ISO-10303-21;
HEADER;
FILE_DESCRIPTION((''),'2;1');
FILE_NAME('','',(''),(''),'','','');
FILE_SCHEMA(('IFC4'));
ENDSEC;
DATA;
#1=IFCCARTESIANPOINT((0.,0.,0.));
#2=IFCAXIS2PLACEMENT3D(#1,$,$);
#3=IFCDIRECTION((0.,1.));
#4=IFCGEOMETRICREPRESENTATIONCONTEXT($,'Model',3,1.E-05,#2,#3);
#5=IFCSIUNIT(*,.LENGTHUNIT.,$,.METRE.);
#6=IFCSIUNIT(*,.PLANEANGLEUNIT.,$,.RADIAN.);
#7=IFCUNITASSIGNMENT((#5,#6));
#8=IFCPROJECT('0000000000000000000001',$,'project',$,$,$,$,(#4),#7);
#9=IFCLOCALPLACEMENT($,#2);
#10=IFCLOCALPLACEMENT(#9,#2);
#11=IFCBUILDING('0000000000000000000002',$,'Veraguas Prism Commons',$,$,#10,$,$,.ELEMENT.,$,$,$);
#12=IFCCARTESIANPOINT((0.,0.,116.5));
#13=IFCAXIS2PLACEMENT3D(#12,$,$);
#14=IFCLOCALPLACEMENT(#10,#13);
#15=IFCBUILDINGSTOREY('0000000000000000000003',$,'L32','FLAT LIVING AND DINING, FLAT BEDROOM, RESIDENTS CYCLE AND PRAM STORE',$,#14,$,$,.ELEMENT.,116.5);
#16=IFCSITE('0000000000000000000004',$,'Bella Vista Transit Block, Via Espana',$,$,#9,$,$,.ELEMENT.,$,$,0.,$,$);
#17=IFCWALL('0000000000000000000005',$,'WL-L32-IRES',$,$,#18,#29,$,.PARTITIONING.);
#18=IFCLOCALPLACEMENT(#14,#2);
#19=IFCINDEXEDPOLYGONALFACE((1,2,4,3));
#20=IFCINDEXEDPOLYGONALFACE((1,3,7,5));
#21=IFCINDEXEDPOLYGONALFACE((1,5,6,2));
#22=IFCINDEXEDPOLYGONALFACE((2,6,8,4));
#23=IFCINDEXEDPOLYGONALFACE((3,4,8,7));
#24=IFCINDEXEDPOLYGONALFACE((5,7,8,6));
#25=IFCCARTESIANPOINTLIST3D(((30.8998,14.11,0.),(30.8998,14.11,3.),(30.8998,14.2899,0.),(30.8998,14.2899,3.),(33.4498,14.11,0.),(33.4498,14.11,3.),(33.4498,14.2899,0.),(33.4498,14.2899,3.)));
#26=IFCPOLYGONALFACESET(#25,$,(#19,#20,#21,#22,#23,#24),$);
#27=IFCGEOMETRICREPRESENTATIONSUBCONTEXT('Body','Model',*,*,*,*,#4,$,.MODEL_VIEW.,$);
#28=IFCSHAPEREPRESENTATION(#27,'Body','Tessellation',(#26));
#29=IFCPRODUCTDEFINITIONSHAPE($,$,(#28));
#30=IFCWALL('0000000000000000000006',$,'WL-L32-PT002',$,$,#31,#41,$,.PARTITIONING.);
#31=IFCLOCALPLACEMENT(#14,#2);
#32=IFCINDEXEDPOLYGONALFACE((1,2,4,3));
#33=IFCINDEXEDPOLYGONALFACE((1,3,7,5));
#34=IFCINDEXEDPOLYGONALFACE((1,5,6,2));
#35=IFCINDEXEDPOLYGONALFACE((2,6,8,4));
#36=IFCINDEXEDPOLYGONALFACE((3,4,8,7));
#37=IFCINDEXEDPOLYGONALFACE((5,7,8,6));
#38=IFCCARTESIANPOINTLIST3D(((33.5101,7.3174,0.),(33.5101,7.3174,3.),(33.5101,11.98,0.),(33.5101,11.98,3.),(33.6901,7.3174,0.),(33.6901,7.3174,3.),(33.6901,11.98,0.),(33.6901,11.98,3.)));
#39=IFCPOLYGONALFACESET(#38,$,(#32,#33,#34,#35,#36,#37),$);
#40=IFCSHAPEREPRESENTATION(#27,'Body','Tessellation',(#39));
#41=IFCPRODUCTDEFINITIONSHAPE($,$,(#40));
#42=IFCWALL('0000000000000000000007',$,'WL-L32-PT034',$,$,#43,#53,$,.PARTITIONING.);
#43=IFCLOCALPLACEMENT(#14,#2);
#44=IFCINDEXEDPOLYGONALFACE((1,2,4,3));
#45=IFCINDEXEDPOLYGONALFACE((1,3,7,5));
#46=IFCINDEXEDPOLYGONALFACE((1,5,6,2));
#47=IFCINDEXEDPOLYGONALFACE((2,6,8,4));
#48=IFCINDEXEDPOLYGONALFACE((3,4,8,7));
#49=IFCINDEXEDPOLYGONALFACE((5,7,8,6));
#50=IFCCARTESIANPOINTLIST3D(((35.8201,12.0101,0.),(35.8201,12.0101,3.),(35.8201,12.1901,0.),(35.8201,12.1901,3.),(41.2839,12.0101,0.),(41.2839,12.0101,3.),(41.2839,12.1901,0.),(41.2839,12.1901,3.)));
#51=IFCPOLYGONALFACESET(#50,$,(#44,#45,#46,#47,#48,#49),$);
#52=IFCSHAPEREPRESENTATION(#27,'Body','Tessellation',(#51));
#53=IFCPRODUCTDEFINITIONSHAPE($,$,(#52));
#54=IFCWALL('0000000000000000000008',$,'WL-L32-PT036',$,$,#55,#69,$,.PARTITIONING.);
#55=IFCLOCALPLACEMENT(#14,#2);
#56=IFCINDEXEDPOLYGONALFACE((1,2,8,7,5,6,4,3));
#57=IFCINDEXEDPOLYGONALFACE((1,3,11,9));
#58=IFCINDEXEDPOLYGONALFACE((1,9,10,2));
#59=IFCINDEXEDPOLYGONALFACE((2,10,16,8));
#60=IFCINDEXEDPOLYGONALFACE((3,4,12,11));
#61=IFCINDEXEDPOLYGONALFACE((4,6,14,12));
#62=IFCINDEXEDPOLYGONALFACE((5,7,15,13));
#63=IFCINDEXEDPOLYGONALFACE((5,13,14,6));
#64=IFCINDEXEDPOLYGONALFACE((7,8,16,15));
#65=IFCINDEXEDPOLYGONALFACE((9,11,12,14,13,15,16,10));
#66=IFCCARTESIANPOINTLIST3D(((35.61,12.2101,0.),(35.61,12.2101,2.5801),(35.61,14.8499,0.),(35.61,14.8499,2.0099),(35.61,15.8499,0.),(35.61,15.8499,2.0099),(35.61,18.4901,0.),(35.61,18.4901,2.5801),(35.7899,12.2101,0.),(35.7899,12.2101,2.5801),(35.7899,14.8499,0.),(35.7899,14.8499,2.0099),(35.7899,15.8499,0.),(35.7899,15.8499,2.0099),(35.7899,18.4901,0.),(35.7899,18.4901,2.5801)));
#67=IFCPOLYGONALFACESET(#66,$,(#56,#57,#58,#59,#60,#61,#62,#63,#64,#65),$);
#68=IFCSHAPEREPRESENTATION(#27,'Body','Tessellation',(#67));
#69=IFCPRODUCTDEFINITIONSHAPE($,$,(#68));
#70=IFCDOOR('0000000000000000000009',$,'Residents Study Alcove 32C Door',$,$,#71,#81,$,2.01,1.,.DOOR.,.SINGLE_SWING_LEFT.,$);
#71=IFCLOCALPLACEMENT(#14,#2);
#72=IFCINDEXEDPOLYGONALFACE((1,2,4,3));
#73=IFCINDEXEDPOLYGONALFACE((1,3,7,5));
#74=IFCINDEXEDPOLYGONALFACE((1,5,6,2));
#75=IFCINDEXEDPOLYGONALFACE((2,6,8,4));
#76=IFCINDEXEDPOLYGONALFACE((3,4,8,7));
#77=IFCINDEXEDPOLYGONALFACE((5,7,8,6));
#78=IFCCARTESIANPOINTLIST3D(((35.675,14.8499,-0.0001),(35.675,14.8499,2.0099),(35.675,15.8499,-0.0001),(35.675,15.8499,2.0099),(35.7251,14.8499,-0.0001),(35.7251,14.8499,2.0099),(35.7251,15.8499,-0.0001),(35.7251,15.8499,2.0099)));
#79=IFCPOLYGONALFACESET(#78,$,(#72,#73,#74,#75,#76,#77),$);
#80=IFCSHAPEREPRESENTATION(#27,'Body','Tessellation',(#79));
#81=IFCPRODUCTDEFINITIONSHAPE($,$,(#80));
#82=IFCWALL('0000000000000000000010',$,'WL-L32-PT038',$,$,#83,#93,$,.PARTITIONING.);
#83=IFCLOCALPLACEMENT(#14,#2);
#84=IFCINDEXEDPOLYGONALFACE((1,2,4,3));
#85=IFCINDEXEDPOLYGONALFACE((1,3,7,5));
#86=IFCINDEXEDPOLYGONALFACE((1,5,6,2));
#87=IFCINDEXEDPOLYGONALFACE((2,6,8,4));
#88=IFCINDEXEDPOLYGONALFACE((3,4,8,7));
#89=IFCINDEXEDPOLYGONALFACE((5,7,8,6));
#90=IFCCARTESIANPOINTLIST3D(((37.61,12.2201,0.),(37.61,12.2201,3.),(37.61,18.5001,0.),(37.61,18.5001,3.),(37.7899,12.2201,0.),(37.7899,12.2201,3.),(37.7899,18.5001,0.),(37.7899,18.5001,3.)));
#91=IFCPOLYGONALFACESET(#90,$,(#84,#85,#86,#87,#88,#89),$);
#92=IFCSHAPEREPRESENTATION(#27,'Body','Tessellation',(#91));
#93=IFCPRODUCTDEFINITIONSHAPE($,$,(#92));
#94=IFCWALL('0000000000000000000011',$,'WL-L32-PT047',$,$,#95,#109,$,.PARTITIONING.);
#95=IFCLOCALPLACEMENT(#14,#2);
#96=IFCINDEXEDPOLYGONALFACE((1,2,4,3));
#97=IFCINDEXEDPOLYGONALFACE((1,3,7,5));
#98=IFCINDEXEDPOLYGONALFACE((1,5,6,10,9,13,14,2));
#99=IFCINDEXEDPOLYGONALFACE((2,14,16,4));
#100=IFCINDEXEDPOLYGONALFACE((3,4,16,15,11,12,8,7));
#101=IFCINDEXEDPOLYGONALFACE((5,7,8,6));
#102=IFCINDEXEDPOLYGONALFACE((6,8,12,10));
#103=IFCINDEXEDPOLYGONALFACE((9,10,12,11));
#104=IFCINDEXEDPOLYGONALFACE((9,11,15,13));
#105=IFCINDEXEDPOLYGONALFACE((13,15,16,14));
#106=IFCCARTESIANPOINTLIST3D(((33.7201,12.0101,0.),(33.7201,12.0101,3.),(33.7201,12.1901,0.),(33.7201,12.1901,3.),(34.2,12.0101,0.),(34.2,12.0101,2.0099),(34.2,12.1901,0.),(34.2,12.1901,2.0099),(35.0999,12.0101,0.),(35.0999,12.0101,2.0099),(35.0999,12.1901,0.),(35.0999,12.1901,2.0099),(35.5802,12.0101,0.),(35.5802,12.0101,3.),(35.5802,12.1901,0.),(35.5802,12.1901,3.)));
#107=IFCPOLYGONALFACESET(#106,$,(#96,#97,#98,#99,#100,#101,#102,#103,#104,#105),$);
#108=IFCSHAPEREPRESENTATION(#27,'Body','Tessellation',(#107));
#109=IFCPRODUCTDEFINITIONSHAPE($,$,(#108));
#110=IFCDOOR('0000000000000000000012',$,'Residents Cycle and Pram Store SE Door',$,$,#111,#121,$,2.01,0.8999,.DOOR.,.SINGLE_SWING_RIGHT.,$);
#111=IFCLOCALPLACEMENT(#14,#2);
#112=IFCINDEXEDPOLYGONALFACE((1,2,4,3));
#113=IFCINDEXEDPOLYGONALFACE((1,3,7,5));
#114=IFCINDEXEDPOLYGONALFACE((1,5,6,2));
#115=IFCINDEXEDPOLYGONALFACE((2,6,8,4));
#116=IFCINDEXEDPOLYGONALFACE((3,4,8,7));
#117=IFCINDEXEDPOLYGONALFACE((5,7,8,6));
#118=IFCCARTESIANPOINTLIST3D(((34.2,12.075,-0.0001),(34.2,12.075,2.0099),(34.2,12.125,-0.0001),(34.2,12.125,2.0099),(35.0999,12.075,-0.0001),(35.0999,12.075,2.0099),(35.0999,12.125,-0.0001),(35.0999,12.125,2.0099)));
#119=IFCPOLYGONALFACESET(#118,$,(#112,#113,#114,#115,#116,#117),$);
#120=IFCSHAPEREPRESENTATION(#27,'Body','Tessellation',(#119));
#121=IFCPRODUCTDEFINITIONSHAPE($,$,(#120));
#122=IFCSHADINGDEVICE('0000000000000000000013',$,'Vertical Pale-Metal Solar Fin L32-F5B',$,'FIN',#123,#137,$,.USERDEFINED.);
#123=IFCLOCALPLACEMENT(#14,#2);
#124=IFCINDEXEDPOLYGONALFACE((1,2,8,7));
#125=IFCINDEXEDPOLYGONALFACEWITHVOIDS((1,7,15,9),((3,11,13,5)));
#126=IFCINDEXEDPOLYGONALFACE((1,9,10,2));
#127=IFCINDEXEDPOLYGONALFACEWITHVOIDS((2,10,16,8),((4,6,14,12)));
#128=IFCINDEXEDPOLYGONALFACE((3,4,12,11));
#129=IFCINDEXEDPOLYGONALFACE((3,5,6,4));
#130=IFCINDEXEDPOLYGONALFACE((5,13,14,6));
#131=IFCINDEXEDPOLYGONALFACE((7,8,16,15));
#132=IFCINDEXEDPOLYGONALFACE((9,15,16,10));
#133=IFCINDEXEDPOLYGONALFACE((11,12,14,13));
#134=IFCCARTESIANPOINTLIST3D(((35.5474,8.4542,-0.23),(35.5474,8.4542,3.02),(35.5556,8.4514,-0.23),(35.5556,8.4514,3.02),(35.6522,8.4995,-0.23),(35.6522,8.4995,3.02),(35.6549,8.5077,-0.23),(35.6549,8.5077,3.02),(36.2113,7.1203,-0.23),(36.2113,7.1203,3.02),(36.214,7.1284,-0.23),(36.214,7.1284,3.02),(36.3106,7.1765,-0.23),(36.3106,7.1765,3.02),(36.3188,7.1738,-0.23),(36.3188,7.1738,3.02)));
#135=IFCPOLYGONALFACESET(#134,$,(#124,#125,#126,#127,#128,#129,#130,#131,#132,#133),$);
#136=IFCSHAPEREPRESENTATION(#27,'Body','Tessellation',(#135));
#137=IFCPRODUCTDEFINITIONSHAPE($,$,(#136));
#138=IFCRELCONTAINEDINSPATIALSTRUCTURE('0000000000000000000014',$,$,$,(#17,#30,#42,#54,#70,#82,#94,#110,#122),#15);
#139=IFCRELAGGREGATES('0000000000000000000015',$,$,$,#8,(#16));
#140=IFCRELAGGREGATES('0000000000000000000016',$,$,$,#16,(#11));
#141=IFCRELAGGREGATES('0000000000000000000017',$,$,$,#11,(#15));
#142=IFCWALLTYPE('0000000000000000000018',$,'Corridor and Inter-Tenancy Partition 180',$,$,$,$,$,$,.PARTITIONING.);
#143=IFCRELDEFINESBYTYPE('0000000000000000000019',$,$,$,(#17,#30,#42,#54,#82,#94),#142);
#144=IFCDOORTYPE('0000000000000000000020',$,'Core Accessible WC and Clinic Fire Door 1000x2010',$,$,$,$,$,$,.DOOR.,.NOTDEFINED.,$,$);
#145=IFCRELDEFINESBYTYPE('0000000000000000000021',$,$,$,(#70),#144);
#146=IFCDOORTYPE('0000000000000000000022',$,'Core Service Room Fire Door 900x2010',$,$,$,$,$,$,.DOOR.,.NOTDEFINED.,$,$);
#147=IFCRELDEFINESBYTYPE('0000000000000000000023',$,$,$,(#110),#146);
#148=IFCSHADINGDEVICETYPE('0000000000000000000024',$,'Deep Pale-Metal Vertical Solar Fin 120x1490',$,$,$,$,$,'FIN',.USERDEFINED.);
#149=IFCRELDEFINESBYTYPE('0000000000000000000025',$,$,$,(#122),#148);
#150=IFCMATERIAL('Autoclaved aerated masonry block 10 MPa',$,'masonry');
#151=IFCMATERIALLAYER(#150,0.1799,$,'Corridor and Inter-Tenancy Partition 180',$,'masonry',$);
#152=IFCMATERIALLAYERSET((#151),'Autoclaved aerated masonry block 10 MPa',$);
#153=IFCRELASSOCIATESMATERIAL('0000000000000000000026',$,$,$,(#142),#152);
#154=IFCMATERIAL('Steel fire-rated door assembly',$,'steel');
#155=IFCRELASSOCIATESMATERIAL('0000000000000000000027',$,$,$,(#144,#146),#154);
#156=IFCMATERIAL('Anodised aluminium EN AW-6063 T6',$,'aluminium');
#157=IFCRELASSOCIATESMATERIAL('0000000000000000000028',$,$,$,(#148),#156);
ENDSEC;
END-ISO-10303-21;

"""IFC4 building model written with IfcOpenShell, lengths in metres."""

from ifc_helpers import new_model, si_unit, direction, frame, frame_2d, origin, origin_2d, place, context, subcontext, project, spatial, rectangle, hollow_rectangle, extrude, source, transform, mapped, material, layer, layer_set, material_profile, profile_set, type_object, element, fill, save


model = new_model("IFC4")

# Units and contexts
model_context = context("Model", 3, precision=1e-05, world=origin(), true_north=direction((0.0, 1.0)))
body_context = subcontext(model_context, "Body", "Model", "MODEL_VIEW")
ifc_project = project(units=[si_unit("LENGTHUNIT", "METRE"), si_unit("PLANEANGLEUNIT", "RADIAN")], contexts=[model_context])

# Site, building, storey
site_placement = place(None, origin())
site = spatial("IfcSite", under=ifc_project, at=site_placement, Name="Bella Vista Transit Block, Via Espana", CompositionType="ELEMENT", RefElevation=0.0)
building_placement = place(site_placement, origin())
building = spatial("IfcBuilding", under=site, at=building_placement, Name="Veraguas Prism Commons", CompositionType="ELEMENT")
storey_placement = place(building_placement, frame((0.0, 0.0, 116.5)))
storey = spatial("IfcBuildingStorey", under=building, at=storey_placement, Name="L32", Description="FLAT LIVING AND DINING, FLAT BEDROOM, RESIDENTS CYCLE AND PRAM STORE", CompositionType="ELEMENT", Elevation=116.5)

# Shared definitions
ifc_material_1 = material(Name="Anodised aluminium EN AW-6063 T6", Category="aluminium")

# Walls
ifc_material_2 = material(Name="Autoclaved aerated masonry block 10 MPa", Category="masonry")
ifc_layer_1 = layer(ifc_material_2, 0.1799, Name="Corridor and Inter-Tenancy Partition 180", Category="masonry")
ifc_layer_set_1 = layer_set([ifc_layer_1], Name="Autoclaved aerated masonry block 10 MPa")
wall_type = type_object("IfcWallType", Name="Corridor and Inter-Tenancy Partition 180", PredefinedType="PARTITIONING", material=ifc_layer_set_1)
wall_1_placement = place(storey_placement, frame((30.8999, 14.2, 0.0), z_axis=(0.0, 0.0, 1.0), x_axis=(1.0, 0.0, 0.0)))
element("IfcWall", 1, at=wall_1_placement, inside=storey, type_object=wall_type, Name="WL-L32-IRES", PredefinedType="PARTITIONING", context=body_context, shape_type="SweptSolid", body=[
    extrude(rectangle(XDim=2.55, YDim=0.1799, at=frame_2d((1.2749, 0.0))), origin(), (0.0, 0.0, 1.0), 3.0),
])
wall_2_placement = place(storey_placement, frame((33.6001, 11.98, 0.0), z_axis=(0.0, 0.0, 1.0), x_axis=(0.0, -1.0, 0.0)))
element("IfcWall", 2, at=wall_2_placement, inside=storey, type_object=wall_type, Name="WL-L32-PT002", PredefinedType="PARTITIONING", context=body_context, shape_type="SweptSolid", body=[
    extrude(rectangle(XDim=4.6626, YDim=0.1799, at=frame_2d((2.3313, 0.0))), origin(), (0.0, 0.0, 1.0), 3.0),
])
wall_3_placement = place(storey_placement, frame((35.8201, 12.1001, 0.0), z_axis=(0.0, 0.0, 1.0), x_axis=(1.0, 0.0, 0.0)))
element("IfcWall", 3, at=wall_3_placement, inside=storey, type_object=wall_type, Name="WL-L32-PT034", PredefinedType="PARTITIONING", context=body_context, shape_type="SweptSolid", body=[
    extrude(rectangle(XDim=5.4639, YDim=0.1799, at=frame_2d((2.7319, 0.0))), origin(), (0.0, 0.0, 1.0), 3.0),
])

# Wall, opening, door
wall_4_placement = place(storey_placement, frame((35.7, 12.21, 0.0), z_axis=(0.0, 0.0, 1.0), x_axis=(0.0, 1.0, 0.0)))
wall_4 = element("IfcWall", 4, at=wall_4_placement, inside=storey, type_object=wall_type, Name="WL-L32-PT036", PredefinedType="PARTITIONING", context=body_context, shape_type="SweptSolid", body=[
    extrude(rectangle(XDim=6.28, YDim=0.1799, at=frame_2d((3.1401, 0.0))), origin(), (0.0, 0.0, 1.0), 2.5801),
])
opening_1_placement = place(wall_4_placement, frame((2.6399, 0.0, 0.0)))
opening_1 = element("IfcOpeningElement", 5, at=opening_1_placement, cuts=wall_4, PredefinedType="OPENING", context=body_context, shape_type="SweptSolid", body=[
    extrude(rectangle(XDim=1.0, YDim=2.01, at=frame_2d((0.5, 1.0049))), frame((0.0, 0.0999, 0.0), z_axis=(0.0, -1.0, 0.0), x_axis=(1.0, 0.0, 0.0)), (0.0, 0.0, 1.0), 0.2),
])
ifc_material_3 = material(Name="Steel fire-rated door assembly", Category="steel")
door_type_1 = type_object("IfcDoorType", Name="Core Accessible WC and Clinic Fire Door 1000x2010", OperationType="NOTDEFINED", PredefinedType="DOOR", material=ifc_material_3)
shared_shape_1 = source(origin(), body_context, "Body", "SweptSolid", [
    extrude(rectangle(XDim=1.0, YDim=2.01, at=frame_2d((0.5, 1.0049))), frame((0.0, 0.0249, 0.0), z_axis=(0.0, -1.0, 0.0), x_axis=(1.0, 0.0, 0.0)), (0.0, 0.0, 1.0), 0.05),
])
door_1_placement = place(opening_1_placement, origin())
door_1 = element("IfcDoor", 6, at=door_1_placement, inside=storey, type_object=door_type_1, Name="Residents Study Alcove 32C Door", OperationType="SINGLE_SWING_LEFT", OverallHeight=2.01, OverallWidth=1.0, PredefinedType="DOOR", context=body_context, shape_type="MappedRepresentation", body=[
    mapped(shared_shape_1, transform((0.0, 0.0, 0.0), scale=1.0)),
])
fill(opening_1, door_1)

# Wall
wall_5_placement = place(storey_placement, frame((37.7, 12.22, 0.0), z_axis=(0.0, 0.0, 1.0), x_axis=(0.0, 1.0, 0.0)))
element("IfcWall", 7, at=wall_5_placement, inside=storey, type_object=wall_type, Name="WL-L32-PT038", PredefinedType="PARTITIONING", context=body_context, shape_type="SweptSolid", body=[
    extrude(rectangle(XDim=6.28, YDim=0.1799, at=frame_2d((3.1401, 0.0))), origin(), (0.0, 0.0, 1.0), 3.0),
])

# Wall, opening, door
wall_6_placement = place(storey_placement, frame((33.72, 12.1001, 0.0), z_axis=(0.0, 0.0, 1.0), x_axis=(1.0, 0.0, 0.0)))
wall_6 = element("IfcWall", 8, at=wall_6_placement, inside=storey, type_object=wall_type, Name="WL-L32-PT047", PredefinedType="PARTITIONING", context=body_context, shape_type="SweptSolid", body=[
    extrude(rectangle(XDim=1.8601, YDim=0.1799, at=frame_2d((0.9302, 0.0))), origin(), (0.0, 0.0, 1.0), 3.0),
])
opening_2_placement = place(wall_6_placement, frame((0.48, 0.0, 0.0)))
opening_2 = element("IfcOpeningElement", 9, at=opening_2_placement, cuts=wall_6, PredefinedType="OPENING", context=body_context, shape_type="SweptSolid", body=[
    extrude(rectangle(XDim=0.8999, YDim=2.01, at=frame_2d((0.45, 1.0049))), frame((0.0, 0.0999, 0.0), z_axis=(0.0, -1.0, 0.0), x_axis=(1.0, 0.0, 0.0)), (0.0, 0.0, 1.0), 0.2),
])
door_type_2 = type_object("IfcDoorType", Name="Core Service Room Fire Door 900x2010", OperationType="NOTDEFINED", PredefinedType="DOOR", material=ifc_material_3)
shared_shape_2 = source(origin(), body_context, "Body", "SweptSolid", [
    extrude(rectangle(XDim=0.8999, YDim=2.01, at=frame_2d((0.45, 1.0049))), frame((0.0, 0.0249, 0.0), z_axis=(0.0, -1.0, 0.0), x_axis=(1.0, 0.0, 0.0)), (0.0, 0.0, 1.0), 0.05),
])
door_2_placement = place(opening_2_placement, origin())
door_2 = element("IfcDoor", 10, at=door_2_placement, inside=storey, type_object=door_type_2, Name="Residents Cycle and Pram Store SE Door", OperationType="SINGLE_SWING_RIGHT", OverallHeight=2.01, OverallWidth=0.8999, PredefinedType="DOOR", context=body_context, shape_type="MappedRepresentation", body=[
    mapped(shared_shape_2, transform((0.0, 0.0, 0.0), scale=1.0)),
])
fill(opening_2, door_2)

# Shading device
ifc_material_profile_1 = material_profile(ifc_material_1, hollow_rectangle(XDim=0.1201, YDim=1.49, WallThickness=0.0061, at=origin_2d()), Name="FIN120X1490X6")
ifc_profile_set_1 = profile_set([ifc_material_profile_1], Name="Anodised aluminium EN AW-6063 T6")
shading_device_type = type_object("IfcShadingDeviceType", Name="Deep Pale-Metal Vertical Solar Fin 120x1490", ElementType="FIN", PredefinedType="USERDEFINED", material=ifc_profile_set_1)
shading_device_placement = place(storey_placement, frame((35.9331, 7.814, -0.23), z_axis=(0.0, 0.0, 1.0), x_axis=(0.895246, 0.445571, 0.0)))
element("IfcShadingDevice", 11, at=shading_device_placement, inside=storey, type_object=shading_device_type, Name="Vertical Pale-Metal Solar Fin L32-F5B", ObjectType="FIN", PredefinedType="USERDEFINED", context=body_context, shape_type="SweptSolid", body=[
    extrude(hollow_rectangle(XDim=0.1201, YDim=1.49, WallThickness=0.0061, at=origin_2d()), origin(), (0.0, 0.0, 1.0), 3.25),
])

save(model, "model.ifc")
